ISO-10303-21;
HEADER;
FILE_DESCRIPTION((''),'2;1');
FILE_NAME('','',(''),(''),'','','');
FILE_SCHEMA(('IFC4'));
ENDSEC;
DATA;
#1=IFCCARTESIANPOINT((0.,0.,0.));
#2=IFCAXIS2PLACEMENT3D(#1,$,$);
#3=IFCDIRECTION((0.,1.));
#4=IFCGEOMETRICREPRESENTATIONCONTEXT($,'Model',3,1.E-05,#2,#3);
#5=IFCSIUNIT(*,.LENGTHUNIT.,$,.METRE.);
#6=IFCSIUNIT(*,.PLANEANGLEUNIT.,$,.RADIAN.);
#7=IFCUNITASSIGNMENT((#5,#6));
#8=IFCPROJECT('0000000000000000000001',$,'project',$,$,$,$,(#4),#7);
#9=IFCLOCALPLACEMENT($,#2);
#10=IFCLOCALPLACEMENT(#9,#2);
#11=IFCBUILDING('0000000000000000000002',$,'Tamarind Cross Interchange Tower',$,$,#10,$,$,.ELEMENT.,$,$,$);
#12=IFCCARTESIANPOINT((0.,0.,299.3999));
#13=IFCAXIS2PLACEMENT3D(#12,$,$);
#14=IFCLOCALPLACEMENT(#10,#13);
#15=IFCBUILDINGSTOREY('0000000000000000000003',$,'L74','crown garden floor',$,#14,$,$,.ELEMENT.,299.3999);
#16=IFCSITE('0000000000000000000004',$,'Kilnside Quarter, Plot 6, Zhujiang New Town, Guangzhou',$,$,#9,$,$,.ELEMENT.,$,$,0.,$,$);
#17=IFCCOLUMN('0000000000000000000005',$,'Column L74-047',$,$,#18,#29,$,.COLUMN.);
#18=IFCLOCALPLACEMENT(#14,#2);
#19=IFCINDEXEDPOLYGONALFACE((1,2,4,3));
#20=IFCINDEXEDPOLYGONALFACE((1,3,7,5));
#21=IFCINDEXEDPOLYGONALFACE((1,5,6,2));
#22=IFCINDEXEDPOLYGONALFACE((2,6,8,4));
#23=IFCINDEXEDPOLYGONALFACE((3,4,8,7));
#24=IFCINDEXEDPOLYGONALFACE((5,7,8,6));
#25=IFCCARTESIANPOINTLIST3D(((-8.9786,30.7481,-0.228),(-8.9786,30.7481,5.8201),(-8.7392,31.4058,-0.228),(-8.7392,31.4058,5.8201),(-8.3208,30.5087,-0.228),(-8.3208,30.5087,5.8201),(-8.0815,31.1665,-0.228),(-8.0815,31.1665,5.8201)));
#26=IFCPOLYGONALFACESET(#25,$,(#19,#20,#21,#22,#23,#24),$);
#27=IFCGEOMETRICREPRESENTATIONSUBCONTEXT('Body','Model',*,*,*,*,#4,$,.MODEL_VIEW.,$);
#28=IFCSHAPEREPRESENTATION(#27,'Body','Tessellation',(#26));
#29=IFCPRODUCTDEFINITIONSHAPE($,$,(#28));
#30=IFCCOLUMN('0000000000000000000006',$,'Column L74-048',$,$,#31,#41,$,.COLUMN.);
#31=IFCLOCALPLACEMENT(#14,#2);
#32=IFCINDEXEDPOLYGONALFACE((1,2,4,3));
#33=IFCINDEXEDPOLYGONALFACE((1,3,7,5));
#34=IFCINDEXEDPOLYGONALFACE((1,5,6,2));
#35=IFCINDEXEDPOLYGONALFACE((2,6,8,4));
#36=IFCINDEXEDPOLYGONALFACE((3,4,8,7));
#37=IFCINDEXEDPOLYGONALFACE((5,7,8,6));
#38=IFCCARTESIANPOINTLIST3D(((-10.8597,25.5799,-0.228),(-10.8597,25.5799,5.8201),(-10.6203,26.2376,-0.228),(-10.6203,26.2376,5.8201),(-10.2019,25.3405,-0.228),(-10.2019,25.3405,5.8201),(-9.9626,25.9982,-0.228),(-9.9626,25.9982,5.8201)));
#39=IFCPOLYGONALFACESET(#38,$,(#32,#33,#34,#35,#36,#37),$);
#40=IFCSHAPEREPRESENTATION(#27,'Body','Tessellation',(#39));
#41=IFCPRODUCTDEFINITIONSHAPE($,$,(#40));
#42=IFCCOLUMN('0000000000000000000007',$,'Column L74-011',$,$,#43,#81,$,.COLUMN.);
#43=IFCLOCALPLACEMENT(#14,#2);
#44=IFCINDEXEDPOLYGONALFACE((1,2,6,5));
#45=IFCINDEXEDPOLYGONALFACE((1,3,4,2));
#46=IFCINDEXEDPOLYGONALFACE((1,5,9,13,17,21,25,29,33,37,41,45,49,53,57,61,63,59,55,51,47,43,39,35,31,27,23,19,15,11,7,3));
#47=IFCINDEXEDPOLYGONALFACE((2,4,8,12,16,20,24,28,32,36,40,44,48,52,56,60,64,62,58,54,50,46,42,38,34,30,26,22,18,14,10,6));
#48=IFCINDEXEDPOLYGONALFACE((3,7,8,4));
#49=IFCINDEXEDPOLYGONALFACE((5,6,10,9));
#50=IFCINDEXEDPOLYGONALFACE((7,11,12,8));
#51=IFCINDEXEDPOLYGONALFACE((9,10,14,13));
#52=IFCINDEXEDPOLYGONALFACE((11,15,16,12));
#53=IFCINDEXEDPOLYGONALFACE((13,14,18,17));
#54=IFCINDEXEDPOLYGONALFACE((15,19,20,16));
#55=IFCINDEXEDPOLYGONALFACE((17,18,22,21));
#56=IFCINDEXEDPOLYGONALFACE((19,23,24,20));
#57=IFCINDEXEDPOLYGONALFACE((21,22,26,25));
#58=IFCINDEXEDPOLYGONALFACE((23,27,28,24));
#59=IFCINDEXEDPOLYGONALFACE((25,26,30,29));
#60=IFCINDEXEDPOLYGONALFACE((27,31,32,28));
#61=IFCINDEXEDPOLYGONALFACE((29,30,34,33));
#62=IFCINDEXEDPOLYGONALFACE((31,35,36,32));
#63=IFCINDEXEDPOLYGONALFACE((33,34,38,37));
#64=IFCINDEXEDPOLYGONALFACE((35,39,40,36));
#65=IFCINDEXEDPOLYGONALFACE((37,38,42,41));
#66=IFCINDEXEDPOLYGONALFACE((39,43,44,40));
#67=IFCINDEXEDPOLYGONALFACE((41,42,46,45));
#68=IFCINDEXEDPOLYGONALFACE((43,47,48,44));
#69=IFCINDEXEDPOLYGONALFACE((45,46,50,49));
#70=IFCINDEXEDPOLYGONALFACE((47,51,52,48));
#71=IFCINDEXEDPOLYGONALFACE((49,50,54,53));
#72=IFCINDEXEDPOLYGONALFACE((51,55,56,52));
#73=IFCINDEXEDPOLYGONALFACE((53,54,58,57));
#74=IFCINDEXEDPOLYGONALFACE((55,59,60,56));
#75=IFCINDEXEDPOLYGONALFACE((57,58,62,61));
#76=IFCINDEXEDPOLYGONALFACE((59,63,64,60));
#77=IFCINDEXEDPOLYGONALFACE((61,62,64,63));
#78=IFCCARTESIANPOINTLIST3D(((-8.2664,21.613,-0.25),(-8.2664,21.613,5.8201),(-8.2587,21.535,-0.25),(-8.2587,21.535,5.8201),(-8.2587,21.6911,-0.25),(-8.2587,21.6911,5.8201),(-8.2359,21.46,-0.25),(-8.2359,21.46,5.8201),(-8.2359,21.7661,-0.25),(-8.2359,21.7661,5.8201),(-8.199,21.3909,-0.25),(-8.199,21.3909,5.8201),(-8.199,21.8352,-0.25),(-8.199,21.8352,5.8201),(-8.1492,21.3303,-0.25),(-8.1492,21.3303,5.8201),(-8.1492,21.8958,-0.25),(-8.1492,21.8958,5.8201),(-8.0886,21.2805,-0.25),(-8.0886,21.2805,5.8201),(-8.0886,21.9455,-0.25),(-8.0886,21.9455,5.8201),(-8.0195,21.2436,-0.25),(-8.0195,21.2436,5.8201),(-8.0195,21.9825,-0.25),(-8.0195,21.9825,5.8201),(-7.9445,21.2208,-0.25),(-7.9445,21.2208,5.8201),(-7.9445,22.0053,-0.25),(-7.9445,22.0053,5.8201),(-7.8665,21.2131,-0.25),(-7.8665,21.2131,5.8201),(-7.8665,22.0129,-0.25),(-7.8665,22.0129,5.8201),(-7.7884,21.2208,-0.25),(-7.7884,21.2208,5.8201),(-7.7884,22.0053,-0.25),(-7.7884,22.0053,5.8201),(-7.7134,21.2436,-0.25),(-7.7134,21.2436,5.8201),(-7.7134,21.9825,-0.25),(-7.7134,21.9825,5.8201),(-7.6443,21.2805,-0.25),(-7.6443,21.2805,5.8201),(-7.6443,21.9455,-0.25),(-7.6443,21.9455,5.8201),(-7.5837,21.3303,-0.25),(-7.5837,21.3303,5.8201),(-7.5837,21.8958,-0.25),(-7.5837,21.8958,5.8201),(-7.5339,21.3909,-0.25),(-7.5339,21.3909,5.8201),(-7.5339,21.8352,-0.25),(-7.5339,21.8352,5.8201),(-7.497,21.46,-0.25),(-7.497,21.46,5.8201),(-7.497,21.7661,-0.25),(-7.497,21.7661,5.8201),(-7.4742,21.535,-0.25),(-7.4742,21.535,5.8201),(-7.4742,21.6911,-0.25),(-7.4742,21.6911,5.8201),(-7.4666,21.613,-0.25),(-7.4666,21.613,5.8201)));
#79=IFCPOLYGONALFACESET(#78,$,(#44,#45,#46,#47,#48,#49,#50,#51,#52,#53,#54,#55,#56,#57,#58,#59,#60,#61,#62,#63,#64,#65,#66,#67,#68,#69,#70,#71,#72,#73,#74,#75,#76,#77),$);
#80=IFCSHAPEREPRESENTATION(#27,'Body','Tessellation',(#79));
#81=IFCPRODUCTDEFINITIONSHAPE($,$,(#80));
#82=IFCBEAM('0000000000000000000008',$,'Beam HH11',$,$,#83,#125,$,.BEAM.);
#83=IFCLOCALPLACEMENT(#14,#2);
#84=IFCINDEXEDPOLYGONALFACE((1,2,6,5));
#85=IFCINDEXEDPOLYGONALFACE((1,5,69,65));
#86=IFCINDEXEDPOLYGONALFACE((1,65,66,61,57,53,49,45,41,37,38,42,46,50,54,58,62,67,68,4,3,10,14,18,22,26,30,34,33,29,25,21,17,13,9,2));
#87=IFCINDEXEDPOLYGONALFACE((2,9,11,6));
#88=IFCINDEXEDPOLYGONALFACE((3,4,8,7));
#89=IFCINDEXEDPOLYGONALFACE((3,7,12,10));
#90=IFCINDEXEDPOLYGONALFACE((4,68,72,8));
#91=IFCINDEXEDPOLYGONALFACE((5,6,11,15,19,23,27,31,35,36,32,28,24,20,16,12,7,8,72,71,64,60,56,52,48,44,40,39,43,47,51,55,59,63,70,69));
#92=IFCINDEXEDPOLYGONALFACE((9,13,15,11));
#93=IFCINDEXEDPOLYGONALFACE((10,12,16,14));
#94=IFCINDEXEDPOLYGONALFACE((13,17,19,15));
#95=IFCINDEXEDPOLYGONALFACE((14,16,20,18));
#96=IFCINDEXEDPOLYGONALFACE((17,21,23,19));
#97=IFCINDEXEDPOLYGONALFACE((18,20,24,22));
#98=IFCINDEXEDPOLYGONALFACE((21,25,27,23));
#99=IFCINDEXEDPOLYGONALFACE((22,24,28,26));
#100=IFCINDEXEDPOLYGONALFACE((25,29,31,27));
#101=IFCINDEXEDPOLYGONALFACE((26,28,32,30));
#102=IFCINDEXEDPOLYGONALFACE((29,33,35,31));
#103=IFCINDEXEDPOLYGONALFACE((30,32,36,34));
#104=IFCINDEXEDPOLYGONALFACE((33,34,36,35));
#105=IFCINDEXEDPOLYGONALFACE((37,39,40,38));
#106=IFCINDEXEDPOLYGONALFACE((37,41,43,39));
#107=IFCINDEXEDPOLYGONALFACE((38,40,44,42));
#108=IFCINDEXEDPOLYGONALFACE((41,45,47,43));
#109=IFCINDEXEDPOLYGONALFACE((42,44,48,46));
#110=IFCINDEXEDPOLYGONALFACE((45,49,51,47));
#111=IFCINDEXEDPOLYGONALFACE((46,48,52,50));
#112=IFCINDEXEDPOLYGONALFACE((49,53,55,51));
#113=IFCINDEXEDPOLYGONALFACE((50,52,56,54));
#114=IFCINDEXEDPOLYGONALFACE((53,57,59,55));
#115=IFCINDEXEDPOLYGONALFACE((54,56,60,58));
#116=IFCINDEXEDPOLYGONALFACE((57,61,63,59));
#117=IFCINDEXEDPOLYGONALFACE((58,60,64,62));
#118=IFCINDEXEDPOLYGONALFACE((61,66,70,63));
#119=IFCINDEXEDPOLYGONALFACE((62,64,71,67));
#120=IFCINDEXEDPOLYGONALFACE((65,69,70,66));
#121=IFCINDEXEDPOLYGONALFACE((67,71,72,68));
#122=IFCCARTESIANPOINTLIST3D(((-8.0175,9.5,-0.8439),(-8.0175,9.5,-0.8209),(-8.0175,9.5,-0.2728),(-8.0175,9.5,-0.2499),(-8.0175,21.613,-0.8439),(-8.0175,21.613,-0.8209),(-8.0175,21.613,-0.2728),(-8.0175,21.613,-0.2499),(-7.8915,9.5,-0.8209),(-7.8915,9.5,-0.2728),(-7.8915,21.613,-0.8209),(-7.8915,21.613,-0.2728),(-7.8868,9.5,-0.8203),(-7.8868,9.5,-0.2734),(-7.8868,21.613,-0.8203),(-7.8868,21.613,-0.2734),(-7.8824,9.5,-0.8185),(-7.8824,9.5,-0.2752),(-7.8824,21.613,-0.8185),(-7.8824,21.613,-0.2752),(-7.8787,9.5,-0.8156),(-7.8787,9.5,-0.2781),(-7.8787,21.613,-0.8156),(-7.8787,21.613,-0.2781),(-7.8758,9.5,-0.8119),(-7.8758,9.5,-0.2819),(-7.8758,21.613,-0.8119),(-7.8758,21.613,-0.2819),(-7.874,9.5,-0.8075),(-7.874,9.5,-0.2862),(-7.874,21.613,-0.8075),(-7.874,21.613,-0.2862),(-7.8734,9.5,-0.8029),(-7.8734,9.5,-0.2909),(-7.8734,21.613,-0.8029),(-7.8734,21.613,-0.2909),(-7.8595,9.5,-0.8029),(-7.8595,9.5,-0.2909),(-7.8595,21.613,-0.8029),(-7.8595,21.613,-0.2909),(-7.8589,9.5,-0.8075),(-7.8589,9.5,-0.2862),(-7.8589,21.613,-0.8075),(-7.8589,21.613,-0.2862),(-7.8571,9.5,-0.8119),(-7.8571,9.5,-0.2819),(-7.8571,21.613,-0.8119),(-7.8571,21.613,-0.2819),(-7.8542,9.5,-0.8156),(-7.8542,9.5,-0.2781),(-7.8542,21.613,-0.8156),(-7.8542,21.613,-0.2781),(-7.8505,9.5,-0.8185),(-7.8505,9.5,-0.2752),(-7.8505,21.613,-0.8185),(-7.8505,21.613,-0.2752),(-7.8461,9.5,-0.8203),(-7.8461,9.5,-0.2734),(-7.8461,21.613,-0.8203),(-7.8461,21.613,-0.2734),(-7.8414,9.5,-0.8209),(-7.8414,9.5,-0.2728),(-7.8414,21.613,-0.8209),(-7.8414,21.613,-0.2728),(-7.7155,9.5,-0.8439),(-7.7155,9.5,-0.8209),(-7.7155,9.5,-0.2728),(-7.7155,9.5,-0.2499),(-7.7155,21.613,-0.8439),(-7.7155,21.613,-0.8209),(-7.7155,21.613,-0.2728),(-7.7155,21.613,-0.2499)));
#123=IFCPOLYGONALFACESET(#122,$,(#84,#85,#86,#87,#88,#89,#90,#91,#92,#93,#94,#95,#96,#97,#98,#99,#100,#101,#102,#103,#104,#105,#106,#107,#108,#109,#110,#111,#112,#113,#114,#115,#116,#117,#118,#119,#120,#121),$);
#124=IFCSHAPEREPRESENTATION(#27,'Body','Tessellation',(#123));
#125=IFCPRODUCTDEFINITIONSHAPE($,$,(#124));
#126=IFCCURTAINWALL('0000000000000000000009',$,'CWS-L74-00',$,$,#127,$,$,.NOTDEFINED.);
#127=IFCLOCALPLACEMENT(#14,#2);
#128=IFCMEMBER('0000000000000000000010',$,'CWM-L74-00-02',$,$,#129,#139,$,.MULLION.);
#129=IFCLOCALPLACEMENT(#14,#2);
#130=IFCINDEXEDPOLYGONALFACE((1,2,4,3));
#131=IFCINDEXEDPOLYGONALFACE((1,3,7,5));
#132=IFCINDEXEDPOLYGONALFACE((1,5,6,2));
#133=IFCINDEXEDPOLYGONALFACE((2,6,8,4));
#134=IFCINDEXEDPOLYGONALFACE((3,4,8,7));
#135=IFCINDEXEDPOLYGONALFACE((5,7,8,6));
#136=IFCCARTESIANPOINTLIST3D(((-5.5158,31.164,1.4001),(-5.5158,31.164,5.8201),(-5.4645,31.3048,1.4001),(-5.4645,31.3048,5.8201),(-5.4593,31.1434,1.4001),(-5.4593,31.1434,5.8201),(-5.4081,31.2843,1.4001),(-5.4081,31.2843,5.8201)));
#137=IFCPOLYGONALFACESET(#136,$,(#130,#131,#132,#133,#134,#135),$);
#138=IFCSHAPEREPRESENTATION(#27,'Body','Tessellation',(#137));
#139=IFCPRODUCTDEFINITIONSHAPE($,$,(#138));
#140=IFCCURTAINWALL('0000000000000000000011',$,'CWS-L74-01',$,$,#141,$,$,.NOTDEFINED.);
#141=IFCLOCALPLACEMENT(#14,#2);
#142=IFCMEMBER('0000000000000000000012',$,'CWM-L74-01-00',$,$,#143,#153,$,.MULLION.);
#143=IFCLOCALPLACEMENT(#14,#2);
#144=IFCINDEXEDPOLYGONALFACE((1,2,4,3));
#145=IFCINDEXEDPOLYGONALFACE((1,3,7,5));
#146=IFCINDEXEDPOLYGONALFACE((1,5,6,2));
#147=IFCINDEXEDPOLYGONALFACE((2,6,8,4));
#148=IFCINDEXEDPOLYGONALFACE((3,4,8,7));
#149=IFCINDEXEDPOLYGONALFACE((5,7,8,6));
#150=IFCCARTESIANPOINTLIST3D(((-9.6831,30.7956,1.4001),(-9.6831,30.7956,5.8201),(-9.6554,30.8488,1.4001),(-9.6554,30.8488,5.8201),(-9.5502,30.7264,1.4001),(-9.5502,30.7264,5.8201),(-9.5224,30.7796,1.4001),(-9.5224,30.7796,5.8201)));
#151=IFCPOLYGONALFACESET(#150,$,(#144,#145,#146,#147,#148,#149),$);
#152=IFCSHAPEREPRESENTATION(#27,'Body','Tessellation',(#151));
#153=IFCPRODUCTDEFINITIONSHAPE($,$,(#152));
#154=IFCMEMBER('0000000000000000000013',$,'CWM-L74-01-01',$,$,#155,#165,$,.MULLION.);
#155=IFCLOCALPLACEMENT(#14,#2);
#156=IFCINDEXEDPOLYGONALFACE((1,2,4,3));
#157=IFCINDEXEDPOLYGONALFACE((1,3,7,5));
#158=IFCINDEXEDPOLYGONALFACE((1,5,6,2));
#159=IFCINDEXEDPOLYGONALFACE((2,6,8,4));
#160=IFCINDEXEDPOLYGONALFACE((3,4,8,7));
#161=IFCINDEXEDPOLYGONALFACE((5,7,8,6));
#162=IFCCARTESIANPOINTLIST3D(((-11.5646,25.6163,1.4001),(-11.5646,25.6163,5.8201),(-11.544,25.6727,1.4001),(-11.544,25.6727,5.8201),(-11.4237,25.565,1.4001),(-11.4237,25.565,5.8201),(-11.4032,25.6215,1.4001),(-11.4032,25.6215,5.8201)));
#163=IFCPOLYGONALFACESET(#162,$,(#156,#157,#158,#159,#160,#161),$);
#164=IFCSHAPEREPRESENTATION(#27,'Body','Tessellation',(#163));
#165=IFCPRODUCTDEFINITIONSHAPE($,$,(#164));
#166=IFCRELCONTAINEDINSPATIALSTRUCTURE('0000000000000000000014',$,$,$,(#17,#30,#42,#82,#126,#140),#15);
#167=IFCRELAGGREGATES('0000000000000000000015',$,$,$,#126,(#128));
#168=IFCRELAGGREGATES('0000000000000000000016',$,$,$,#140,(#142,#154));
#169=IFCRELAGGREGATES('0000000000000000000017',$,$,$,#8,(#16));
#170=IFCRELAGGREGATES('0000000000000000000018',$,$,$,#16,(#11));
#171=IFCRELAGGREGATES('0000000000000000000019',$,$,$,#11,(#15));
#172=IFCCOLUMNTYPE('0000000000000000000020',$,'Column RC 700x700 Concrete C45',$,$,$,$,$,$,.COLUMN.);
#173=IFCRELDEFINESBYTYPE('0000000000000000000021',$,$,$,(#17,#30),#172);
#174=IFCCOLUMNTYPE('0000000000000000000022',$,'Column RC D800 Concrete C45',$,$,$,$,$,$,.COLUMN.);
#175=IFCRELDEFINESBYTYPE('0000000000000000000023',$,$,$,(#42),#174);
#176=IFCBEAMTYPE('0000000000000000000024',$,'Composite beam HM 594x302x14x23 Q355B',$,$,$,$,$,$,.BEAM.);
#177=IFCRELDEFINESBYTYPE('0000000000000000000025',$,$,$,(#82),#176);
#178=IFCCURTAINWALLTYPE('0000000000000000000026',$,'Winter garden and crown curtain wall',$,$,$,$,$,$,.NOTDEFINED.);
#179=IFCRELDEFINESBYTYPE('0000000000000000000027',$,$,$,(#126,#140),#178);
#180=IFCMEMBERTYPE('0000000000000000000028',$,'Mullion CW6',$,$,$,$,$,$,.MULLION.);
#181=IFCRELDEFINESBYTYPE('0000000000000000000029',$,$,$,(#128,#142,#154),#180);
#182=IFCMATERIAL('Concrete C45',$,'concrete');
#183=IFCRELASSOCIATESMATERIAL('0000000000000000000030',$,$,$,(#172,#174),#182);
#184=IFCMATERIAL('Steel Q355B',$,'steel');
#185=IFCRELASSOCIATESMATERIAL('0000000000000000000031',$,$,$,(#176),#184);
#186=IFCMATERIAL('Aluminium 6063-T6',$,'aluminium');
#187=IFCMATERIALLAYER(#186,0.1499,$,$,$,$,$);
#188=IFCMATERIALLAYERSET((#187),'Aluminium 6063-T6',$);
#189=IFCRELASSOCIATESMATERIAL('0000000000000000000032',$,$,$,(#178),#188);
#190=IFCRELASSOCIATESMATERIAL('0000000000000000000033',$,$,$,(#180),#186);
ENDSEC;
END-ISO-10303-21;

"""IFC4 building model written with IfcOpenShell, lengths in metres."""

from ifc_helpers import new_model, si_unit, direction, frame, origin, origin_2d, place, context, subcontext, project, spatial, rectangle, circle, i_section, extrude, material, layer, layer_set, material_profile, profile_set, type_object, element, aggregate, save


model = new_model("IFC4")

# Units and contexts
model_context = context("Model", 3, precision=1e-05, world=origin(), true_north=direction((0.0, 1.0)))
body_context = subcontext(model_context, "Body", "Model", "MODEL_VIEW")
ifc_project = project(units=[si_unit("LENGTHUNIT", "METRE"), si_unit("PLANEANGLEUNIT", "RADIAN")], contexts=[model_context])

# Site, building, storey
site_placement = place(None, origin())
site = spatial("IfcSite", under=ifc_project, at=site_placement, Name="Kilnside Quarter, Plot 6, Zhujiang New Town, Guangzhou", CompositionType="ELEMENT", RefElevation=0.0)
building_placement = place(site_placement, origin())
building = spatial("IfcBuilding", under=site, at=building_placement, Name="Tamarind Cross Interchange Tower", CompositionType="ELEMENT")
storey_placement = place(building_placement, frame((0.0, 0.0, 299.3999)))
storey = spatial("IfcBuildingStorey", under=building, at=storey_placement, Name="L74", Description="crown garden floor", CompositionType="ELEMENT", Elevation=299.3999)

# Columns
ifc_material_1 = material(Name="Concrete C45", Category="concrete")
ifc_material_profile_1 = material_profile(ifc_material_1, rectangle(XDim=0.7, YDim=0.7, at=origin_2d()), Name="RC 700x700")
ifc_profile_set_1 = profile_set([ifc_material_profile_1], Name="Concrete C45")
column_type_1 = type_object("IfcColumnType", Name="Column RC 700x700 Concrete C45", PredefinedType="COLUMN", material=ifc_profile_set_1)
for number, where, z_axis, x_axis, name in (
    (1, (-8.53, 30.9573, -0.228), (0.0, 0.0, 1.0), (0.341994, 0.939702, 0.0), "Column L74-047"),
    (2, (-10.4111, 25.7891, -0.228), (0.0, 0.0, 1.0), (0.341994, 0.939702, 0.0), "Column L74-048"),
):
    element("IfcColumn", number, at=place(storey_placement, frame(where, z_axis=z_axis, x_axis=x_axis)), inside=storey, type_object=column_type_1, Name=name, PredefinedType="COLUMN", context=body_context, shape_type="SweptSolid", body=[
        extrude(rectangle(XDim=0.7, YDim=0.7, at=origin_2d()), origin(), (0.0, 0.0, 1.0), 6.0481),
    ])
ifc_material_profile_2 = material_profile(ifc_material_1, circle(Radius=0.3999, at=origin_2d()), Name="RC D800")
ifc_profile_set_2 = profile_set([ifc_material_profile_2], Name="Concrete C45")
column_type_2 = type_object("IfcColumnType", Name="Column RC D800 Concrete C45", PredefinedType="COLUMN", material=ifc_profile_set_2)
column_placement = place(storey_placement, frame((-7.8665, 21.613, -0.25), z_axis=(0.0, 0.0, 1.0), x_axis=(1.0, 0.0, 0.0)))
element("IfcColumn", 3, at=column_placement, inside=storey, type_object=column_type_2, Name="Column L74-011", PredefinedType="COLUMN", context=body_context, shape_type="SweptSolid", body=[
    extrude(circle(Radius=0.3999, at=origin_2d()), origin(), (0.0, 0.0, 1.0), 6.0701),
])

# Beam
ifc_material_2 = material(Name="Steel Q355B", Category="steel")
ifc_material_profile_3 = material_profile(ifc_material_2, i_section(OverallWidth=0.302, OverallDepth=0.594, WebThickness=0.0139, FlangeThickness=0.0229, FilletRadius=0.0181, at=origin_2d()), Name="HM 594x302x14x23")
ifc_profile_set_3 = profile_set([ifc_material_profile_3], Name="Steel Q355B")
beam_type = type_object("IfcBeamType", Name="Composite beam HM 594x302x14x23 Q355B", PredefinedType="BEAM", material=ifc_profile_set_3)
beam_placement = place(storey_placement, frame((-7.8665, 21.613, -0.5469), z_axis=(0.0, -1.0, 0.0), x_axis=(1.0, 0.0, 0.0)))
element("IfcBeam", 4, at=beam_placement, inside=storey, type_object=beam_type, Name="Beam HH11", PredefinedType="BEAM", context=body_context, shape_type="SweptSolid", body=[
    extrude(i_section(OverallWidth=0.302, OverallDepth=0.594, WebThickness=0.0139, FlangeThickness=0.0229, FilletRadius=0.0181, at=origin_2d()), origin(), (0.0, 0.0, 1.0), 12.113),
])

# Curtain wall, member
ifc_material_3 = material(Name="Aluminium 6063-T6", Category="aluminium")
ifc_layer_1 = layer(ifc_material_3, 0.1499)
ifc_layer_set_1 = layer_set([ifc_layer_1], Name="Aluminium 6063-T6")
curtain_wall_type = type_object("IfcCurtainWallType", Name="Winter garden and crown curtain wall", PredefinedType="NOTDEFINED", material=ifc_layer_set_1)
curtain_wall_1_placement = place(storey_placement, origin())
curtain_wall_1 = element("IfcCurtainWall", 5, at=curtain_wall_1_placement, inside=storey, type_object=curtain_wall_type, Name="CWS-L74-00", PredefinedType="NOTDEFINED")
ifc_material_profile_4 = material_profile(ifc_material_3, rectangle(XDim=0.0601, YDim=0.1499, at=origin_2d()), Name="Mullion CW6")
ifc_profile_set_4 = profile_set([ifc_material_profile_4], Name="Aluminium 6063-T6")
member_type = type_object("IfcMemberType", Name="Mullion CW6", PredefinedType="MULLION", material=ifc_profile_set_4)
member_1_placement = place(storey_placement, frame((-5.4619, 31.2241, 1.4001), z_axis=(0.0, 0.0, 1.0), x_axis=(-0.939702, 0.341994, 0.0)))
member_1 = element("IfcMember", 6, at=member_1_placement, type_object=member_type, Name="CWM-L74-00-02", PredefinedType="MULLION", context=body_context, shape_type="SweptSolid", body=[
    extrude(rectangle(XDim=0.0601, YDim=0.1499, at=origin_2d()), origin(), (0.0, 0.0, 1.0), 4.4199),
])
aggregate(curtain_wall_1, [member_1])

# Curtain wall, members
curtain_wall_2_placement = place(storey_placement, origin())
curtain_wall_2 = element("IfcCurtainWall", 7, at=curtain_wall_2_placement, inside=storey, type_object=curtain_wall_type, Name="CWS-L74-01", PredefinedType="NOTDEFINED")
member_2_placement = place(storey_placement, frame((-9.6028, 30.7876, 1.4001), z_axis=(0.0, 0.0, 1.0), x_axis=(-0.461724, -0.887024, 0.0)))
member_2 = element("IfcMember", 8, at=member_2_placement, type_object=member_type, Name="CWM-L74-01-00", PredefinedType="MULLION", context=body_context, shape_type="SweptSolid", body=[
    extrude(rectangle(XDim=0.0601, YDim=0.1499, at=origin_2d()), origin(), (0.0, 0.0, 1.0), 4.4199),
])
member_3_placement = place(storey_placement, frame((-11.4839, 25.6189, 1.4001), z_axis=(0.0, 0.0, 1.0), x_axis=(-0.341994, -0.939702, 0.0)))
member_3 = element("IfcMember", 9, at=member_3_placement, type_object=member_type, Name="CWM-L74-01-01", PredefinedType="MULLION", context=body_context, shape_type="SweptSolid", body=[
    extrude(rectangle(XDim=0.0601, YDim=0.1499, at=origin_2d()), origin(), (0.0, 0.0, 1.0), 4.4199),
])
aggregate(curtain_wall_2, [member_2, member_3])

save(model, "model.ifc")
